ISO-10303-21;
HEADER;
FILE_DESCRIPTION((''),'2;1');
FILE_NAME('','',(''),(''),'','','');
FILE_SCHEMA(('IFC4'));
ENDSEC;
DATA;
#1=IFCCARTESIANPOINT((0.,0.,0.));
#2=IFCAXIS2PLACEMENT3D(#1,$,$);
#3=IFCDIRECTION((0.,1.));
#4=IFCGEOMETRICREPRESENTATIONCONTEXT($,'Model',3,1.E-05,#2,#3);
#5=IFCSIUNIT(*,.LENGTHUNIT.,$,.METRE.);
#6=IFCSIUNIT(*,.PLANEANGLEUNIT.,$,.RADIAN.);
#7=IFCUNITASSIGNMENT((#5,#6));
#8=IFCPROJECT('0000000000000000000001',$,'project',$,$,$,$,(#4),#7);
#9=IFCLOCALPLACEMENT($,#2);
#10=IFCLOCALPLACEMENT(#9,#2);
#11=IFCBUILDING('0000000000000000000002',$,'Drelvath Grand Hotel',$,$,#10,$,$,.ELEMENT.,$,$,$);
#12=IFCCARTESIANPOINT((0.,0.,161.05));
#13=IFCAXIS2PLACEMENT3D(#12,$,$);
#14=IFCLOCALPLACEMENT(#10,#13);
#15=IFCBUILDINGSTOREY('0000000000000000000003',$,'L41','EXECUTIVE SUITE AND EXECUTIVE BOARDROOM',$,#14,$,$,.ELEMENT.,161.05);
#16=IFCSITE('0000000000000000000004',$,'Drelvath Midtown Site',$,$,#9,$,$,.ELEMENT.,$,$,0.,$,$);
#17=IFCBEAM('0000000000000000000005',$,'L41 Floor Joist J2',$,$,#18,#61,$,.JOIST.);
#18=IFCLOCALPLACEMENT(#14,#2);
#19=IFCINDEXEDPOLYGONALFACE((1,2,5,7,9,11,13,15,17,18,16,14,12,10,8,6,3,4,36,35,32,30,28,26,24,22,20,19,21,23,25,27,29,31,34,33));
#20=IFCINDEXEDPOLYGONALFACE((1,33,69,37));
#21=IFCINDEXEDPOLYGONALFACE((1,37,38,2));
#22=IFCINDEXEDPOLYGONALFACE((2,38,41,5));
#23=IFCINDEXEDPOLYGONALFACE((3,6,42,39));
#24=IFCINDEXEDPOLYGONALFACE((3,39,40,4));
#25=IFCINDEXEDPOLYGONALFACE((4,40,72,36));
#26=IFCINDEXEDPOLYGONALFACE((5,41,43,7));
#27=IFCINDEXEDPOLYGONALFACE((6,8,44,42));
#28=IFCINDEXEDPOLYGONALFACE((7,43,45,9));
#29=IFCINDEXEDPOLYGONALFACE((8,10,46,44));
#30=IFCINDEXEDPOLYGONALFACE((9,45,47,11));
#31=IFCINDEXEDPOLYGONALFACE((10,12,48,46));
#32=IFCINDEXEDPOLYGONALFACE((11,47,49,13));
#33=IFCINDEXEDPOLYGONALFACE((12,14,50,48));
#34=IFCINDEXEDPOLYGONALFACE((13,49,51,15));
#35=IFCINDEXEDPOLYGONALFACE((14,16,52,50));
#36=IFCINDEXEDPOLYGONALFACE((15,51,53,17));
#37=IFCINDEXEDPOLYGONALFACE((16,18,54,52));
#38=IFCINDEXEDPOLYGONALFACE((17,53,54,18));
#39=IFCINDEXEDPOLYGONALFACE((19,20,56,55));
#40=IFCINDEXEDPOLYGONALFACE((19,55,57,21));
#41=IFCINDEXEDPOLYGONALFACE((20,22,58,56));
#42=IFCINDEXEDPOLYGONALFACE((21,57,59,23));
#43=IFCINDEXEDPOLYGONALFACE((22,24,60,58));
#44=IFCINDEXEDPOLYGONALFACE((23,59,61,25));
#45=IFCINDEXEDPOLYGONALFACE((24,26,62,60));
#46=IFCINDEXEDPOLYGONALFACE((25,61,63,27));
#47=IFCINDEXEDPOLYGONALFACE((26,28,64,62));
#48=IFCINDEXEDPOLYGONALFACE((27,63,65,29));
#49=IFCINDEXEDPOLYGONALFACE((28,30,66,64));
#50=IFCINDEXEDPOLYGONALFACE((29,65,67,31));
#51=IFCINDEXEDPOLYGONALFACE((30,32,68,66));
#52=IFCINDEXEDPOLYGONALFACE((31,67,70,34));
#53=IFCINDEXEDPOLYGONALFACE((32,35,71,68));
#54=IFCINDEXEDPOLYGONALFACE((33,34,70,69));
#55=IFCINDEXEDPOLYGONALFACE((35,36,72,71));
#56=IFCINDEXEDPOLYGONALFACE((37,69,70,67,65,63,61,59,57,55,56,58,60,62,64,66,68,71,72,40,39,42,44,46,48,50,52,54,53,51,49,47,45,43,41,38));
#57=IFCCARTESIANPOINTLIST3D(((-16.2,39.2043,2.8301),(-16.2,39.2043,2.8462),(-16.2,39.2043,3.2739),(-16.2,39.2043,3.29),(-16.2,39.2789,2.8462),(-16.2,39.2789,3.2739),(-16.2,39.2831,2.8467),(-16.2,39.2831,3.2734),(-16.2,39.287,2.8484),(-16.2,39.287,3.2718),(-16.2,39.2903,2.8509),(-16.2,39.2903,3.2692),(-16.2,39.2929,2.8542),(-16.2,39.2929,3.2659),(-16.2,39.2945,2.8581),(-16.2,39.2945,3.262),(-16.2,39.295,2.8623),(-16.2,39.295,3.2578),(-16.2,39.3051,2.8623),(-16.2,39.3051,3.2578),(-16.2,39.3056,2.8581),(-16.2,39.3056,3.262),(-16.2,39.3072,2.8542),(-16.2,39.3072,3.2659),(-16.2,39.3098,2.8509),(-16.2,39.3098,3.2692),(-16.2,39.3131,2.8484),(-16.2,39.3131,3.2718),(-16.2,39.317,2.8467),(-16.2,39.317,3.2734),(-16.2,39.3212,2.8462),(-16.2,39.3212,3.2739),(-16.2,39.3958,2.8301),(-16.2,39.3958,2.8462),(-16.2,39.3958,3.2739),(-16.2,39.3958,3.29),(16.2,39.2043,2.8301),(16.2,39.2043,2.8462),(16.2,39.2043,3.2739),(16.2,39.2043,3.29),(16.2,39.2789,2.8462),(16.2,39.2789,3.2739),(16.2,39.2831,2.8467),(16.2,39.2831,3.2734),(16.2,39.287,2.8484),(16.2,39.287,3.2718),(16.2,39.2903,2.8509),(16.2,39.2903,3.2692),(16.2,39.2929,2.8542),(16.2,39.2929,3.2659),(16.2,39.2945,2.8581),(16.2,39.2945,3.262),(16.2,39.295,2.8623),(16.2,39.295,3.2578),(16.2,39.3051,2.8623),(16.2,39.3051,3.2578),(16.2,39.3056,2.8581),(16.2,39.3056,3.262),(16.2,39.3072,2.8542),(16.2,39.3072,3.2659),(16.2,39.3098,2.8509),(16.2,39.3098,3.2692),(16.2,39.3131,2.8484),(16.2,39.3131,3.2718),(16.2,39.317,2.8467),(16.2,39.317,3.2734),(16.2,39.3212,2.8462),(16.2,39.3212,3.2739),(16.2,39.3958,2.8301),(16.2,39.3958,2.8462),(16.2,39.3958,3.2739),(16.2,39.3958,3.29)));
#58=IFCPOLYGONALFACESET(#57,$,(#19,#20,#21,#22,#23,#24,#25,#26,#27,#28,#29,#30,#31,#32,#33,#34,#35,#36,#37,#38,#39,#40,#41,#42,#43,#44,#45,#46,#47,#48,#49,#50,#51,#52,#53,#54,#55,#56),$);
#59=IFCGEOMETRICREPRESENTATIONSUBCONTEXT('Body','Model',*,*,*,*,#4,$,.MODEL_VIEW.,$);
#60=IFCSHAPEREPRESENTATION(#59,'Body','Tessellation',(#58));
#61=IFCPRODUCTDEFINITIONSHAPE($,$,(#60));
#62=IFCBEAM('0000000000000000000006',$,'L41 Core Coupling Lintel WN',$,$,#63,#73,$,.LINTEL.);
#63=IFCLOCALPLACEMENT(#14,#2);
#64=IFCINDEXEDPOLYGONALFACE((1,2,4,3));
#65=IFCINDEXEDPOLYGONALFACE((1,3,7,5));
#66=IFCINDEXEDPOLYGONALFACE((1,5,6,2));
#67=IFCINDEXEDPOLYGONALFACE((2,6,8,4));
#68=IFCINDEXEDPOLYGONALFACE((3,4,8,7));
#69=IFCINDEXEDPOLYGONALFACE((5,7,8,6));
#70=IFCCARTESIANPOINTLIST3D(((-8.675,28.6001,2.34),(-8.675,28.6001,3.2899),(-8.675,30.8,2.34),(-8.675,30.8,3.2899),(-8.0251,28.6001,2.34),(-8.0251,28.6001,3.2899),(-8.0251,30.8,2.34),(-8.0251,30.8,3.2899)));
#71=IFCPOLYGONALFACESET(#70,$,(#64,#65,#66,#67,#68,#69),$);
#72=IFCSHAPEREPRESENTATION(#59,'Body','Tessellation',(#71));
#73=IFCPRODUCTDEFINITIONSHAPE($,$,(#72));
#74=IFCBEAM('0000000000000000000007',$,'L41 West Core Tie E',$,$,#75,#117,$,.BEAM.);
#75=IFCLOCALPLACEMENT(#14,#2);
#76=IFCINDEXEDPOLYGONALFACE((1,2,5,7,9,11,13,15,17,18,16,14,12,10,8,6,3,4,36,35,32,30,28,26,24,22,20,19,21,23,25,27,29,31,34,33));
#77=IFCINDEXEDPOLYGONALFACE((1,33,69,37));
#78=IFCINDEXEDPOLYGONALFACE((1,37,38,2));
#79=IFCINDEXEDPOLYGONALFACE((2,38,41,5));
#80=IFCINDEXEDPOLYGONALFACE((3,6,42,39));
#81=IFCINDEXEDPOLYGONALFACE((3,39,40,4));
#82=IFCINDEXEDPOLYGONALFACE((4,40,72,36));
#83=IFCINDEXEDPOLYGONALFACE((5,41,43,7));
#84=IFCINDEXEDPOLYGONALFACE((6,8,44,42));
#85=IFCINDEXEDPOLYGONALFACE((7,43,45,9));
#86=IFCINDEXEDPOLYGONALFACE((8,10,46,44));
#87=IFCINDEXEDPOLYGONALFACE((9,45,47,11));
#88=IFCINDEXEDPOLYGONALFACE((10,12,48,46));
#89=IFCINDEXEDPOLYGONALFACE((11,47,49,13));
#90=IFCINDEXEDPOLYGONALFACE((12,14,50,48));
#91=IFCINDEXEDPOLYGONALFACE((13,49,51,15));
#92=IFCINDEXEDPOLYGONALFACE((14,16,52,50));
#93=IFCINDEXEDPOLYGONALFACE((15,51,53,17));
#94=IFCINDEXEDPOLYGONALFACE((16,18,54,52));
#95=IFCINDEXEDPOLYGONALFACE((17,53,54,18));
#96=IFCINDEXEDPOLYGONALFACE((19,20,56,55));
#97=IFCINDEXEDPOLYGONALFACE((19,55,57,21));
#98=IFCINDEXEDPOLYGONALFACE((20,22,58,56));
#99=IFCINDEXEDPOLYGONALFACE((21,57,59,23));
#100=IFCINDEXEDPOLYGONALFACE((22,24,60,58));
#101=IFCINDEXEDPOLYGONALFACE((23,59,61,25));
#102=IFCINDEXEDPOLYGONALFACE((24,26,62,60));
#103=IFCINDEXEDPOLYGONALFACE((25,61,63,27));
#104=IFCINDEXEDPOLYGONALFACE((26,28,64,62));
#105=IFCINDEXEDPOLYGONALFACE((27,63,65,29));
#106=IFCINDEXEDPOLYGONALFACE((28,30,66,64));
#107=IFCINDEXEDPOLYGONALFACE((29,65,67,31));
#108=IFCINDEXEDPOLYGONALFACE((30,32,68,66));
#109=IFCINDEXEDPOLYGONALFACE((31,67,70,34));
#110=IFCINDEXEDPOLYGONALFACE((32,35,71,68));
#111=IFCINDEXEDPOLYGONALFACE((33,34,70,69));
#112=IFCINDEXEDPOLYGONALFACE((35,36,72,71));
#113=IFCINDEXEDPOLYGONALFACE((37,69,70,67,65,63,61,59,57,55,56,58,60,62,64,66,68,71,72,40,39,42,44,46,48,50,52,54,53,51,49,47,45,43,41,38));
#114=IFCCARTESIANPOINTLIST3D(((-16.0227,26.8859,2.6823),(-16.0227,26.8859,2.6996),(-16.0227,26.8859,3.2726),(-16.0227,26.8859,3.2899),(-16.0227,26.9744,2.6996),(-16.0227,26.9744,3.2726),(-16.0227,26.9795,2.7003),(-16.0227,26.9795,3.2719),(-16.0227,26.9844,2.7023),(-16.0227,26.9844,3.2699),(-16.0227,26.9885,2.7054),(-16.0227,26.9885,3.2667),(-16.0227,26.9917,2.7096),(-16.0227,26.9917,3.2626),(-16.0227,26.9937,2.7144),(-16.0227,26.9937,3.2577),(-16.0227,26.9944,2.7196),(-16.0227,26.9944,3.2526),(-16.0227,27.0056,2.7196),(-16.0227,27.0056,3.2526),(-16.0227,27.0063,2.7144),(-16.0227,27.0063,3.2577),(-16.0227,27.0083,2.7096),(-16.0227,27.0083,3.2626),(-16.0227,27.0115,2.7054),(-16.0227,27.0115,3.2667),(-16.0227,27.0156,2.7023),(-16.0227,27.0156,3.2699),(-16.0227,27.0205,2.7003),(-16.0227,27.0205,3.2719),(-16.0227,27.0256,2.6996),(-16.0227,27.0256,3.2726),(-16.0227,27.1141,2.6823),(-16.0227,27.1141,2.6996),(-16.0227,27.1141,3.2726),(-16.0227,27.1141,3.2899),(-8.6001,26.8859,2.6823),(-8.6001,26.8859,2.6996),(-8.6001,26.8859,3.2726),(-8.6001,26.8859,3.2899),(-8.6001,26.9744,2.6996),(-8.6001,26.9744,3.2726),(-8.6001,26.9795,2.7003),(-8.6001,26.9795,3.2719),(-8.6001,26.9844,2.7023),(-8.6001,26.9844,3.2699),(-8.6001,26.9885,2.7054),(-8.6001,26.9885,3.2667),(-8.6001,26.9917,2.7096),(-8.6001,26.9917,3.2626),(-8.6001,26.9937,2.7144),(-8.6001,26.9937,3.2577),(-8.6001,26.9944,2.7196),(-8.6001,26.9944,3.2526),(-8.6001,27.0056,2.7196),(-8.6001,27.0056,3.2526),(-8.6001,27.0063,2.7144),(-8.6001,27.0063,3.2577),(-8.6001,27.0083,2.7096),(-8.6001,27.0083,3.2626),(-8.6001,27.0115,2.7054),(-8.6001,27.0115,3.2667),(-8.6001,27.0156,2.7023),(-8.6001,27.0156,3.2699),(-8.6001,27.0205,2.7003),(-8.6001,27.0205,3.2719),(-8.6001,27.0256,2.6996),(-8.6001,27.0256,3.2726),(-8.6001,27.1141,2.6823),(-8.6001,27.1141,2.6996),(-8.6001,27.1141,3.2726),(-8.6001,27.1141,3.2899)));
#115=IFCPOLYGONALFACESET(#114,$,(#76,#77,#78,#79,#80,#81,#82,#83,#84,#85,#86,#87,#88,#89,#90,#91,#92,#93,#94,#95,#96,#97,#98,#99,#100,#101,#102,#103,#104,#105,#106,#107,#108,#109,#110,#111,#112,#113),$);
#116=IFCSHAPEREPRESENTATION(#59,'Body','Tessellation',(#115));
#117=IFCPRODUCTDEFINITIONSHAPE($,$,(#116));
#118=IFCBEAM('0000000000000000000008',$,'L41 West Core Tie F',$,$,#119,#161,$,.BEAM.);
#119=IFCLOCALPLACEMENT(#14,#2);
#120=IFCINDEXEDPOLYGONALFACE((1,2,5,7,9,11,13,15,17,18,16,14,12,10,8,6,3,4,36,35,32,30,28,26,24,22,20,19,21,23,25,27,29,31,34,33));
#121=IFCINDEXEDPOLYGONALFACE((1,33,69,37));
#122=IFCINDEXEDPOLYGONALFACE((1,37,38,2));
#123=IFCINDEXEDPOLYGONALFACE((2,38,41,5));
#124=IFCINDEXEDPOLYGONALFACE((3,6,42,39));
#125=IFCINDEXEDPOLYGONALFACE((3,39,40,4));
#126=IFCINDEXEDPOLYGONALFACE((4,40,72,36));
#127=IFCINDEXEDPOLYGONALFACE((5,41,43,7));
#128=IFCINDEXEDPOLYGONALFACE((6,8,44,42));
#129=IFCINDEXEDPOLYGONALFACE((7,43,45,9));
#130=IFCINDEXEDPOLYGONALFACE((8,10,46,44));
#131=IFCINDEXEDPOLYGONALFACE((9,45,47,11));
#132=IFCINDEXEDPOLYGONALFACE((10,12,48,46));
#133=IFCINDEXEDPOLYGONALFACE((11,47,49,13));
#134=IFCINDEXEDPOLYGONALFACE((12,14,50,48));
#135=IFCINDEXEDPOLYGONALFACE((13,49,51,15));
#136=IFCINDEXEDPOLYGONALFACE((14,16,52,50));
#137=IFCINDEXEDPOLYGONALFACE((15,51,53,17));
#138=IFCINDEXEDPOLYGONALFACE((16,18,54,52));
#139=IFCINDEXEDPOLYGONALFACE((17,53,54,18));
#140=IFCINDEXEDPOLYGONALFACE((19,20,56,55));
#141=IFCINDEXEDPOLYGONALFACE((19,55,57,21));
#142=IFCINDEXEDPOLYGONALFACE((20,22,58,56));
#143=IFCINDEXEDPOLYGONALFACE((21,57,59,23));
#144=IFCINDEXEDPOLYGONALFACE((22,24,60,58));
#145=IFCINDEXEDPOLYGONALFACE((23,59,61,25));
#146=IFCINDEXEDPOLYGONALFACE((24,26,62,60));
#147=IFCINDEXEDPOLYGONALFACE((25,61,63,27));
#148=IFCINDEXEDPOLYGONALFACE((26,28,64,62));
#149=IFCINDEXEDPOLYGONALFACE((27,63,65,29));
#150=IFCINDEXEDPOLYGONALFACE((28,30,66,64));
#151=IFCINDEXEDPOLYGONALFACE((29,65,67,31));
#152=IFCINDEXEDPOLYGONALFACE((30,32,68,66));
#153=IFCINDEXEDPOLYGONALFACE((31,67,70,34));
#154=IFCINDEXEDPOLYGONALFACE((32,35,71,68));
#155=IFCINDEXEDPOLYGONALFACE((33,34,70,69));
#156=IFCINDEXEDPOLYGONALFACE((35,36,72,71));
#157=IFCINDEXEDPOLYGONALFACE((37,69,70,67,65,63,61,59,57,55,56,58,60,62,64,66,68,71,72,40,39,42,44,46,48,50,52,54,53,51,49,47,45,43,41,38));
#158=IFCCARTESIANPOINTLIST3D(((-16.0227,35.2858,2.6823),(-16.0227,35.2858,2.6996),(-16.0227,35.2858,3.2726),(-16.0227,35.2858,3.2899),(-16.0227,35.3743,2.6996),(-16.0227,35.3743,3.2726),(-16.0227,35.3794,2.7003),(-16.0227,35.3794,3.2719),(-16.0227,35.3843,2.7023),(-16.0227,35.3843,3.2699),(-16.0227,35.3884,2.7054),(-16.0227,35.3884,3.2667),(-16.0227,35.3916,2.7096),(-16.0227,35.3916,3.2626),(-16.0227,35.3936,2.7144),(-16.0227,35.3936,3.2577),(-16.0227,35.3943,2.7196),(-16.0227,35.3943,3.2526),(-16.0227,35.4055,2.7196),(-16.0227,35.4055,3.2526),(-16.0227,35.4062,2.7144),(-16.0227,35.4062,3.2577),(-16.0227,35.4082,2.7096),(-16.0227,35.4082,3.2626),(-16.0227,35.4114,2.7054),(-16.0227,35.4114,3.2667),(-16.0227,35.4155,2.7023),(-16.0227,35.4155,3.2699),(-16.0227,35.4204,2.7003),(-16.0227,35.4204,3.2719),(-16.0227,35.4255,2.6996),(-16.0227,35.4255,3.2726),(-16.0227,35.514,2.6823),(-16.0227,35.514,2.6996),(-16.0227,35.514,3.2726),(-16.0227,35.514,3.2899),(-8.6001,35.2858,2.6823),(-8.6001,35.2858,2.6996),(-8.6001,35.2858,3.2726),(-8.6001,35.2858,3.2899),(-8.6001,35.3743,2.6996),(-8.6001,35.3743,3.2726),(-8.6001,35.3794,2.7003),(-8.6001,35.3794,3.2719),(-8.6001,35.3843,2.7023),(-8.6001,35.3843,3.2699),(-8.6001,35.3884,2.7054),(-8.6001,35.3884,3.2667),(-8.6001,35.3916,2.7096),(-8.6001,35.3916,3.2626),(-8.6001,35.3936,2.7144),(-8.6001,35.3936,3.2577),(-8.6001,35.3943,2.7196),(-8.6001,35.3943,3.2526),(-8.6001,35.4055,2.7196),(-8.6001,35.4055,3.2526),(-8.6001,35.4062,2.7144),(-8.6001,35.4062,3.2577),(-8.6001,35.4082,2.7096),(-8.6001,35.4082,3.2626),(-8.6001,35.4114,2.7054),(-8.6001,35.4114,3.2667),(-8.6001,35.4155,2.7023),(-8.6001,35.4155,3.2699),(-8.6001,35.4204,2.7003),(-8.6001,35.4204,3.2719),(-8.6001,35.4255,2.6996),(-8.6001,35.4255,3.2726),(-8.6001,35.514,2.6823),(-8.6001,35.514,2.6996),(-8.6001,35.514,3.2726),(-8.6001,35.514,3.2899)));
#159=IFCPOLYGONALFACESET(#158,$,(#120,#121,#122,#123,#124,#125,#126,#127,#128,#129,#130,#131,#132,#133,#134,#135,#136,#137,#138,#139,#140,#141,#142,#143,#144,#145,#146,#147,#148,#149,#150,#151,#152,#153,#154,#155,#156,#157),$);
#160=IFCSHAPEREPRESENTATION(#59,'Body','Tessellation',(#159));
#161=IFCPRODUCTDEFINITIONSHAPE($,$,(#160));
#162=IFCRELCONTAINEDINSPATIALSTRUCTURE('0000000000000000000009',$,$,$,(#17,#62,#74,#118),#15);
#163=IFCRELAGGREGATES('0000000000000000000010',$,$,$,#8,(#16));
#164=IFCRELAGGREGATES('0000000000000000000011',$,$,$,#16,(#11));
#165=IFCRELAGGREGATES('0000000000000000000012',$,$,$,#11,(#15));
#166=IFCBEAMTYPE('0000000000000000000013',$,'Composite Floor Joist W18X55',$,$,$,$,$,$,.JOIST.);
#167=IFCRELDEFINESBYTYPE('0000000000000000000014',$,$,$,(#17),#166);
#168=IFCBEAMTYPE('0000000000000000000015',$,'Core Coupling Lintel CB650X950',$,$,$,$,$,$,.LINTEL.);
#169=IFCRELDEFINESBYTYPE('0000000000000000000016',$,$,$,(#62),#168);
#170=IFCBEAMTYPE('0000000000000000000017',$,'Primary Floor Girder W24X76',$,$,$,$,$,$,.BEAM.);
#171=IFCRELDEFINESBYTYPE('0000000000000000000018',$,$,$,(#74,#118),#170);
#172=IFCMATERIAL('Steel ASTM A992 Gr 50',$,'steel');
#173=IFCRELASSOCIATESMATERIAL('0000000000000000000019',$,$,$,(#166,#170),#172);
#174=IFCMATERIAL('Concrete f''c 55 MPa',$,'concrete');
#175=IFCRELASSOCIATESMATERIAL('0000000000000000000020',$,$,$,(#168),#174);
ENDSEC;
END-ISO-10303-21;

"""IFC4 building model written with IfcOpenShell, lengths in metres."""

from ifc_helpers import new_model, si_unit, direction, frame, origin, origin_2d, place, context, subcontext, project, spatial, rectangle, i_section, extrude, material, material_profile, profile_set, type_object, element, save


model = new_model("IFC4")

# Units and contexts
model_context = context("Model", 3, precision=1e-05, world=origin(), true_north=direction((0.0, 1.0)))
body_context = subcontext(model_context, "Body", "Model", "MODEL_VIEW")
ifc_project = project(units=[si_unit("LENGTHUNIT", "METRE"), si_unit("PLANEANGLEUNIT", "RADIAN")], contexts=[model_context])

# Site, building, storey
site_placement = place(None, origin())
site = spatial("IfcSite", under=ifc_project, at=site_placement, Name="Drelvath Midtown Site", CompositionType="ELEMENT", RefElevation=0.0)
building_placement = place(site_placement, origin())
building = spatial("IfcBuilding", under=site, at=building_placement, Name="Drelvath Grand Hotel", CompositionType="ELEMENT")
storey_placement = place(building_placement, frame((0.0, 0.0, 161.05)))
storey = spatial("IfcBuildingStorey", under=building, at=storey_placement, Name="L41", Description="EXECUTIVE SUITE AND EXECUTIVE BOARDROOM", CompositionType="ELEMENT", Elevation=161.05)

# Beams
ifc_material_1 = material(Name="Steel ASTM A992 Gr 50", Category="steel")
ifc_material_profile_1 = material_profile(ifc_material_1, i_section(OverallWidth=0.1914, OverallDepth=0.46, WebThickness=0.01, FlangeThickness=0.0161, FilletRadius=0.0161, at=origin_2d()), Name="W18X55")
ifc_profile_set_1 = profile_set([ifc_material_profile_1], Name="Steel ASTM A992 Gr 50")
beam_type_1 = type_object("IfcBeamType", Name="Composite Floor Joist W18X55", PredefinedType="JOIST", material=ifc_profile_set_1)
beam_1_placement = place(storey_placement, frame((-16.2, 39.3, 3.0601), z_axis=(1.0, 0.0, 0.0), x_axis=(0.0, 1.0, 0.0)))
element("IfcBeam", 1, at=beam_1_placement, inside=storey, type_object=beam_type_1, Name="L41 Floor Joist J2", PredefinedType="JOIST", context=body_context, shape_type="SweptSolid", body=[
    extrude(i_section(OverallWidth=0.1914, OverallDepth=0.46, WebThickness=0.01, FlangeThickness=0.0161, FilletRadius=0.0161, at=origin_2d()), origin(), (0.0, 0.0, 1.0), 32.3999),
])
ifc_material_2 = material(Name="Concrete f'c 55 MPa", Category="concrete")
ifc_material_profile_2 = material_profile(ifc_material_2, rectangle(XDim=0.6499, YDim=0.95, at=origin_2d()), Name="CB650X950")
ifc_profile_set_2 = profile_set([ifc_material_profile_2], Name="Concrete f'c 55 MPa")
beam_type_2 = type_object("IfcBeamType", Name="Core Coupling Lintel CB650X950", PredefinedType="LINTEL", material=ifc_profile_set_2)
beam_2_placement = place(storey_placement, frame((-8.3501, 28.6001, 2.8149), z_axis=(0.0, 1.0, 0.0), x_axis=(-1.0, 0.0, 0.0)))
element("IfcBeam", 2, at=beam_2_placement, inside=storey, type_object=beam_type_2, Name="L41 Core Coupling Lintel WN", PredefinedType="LINTEL", context=body_context, shape_type="SweptSolid", body=[
    extrude(rectangle(XDim=0.6499, YDim=0.95, at=origin_2d()), origin(), (0.0, 0.0, 1.0), 2.2),
])
ifc_material_profile_3 = material_profile(ifc_material_1, i_section(OverallWidth=0.2283, OverallDepth=0.6077, WebThickness=0.0112, FlangeThickness=0.0173, FilletRadius=0.02, at=origin_2d()), Name="W24X76")
ifc_profile_set_3 = profile_set([ifc_material_profile_3], Name="Steel ASTM A992 Gr 50")
beam_type_3 = type_object("IfcBeamType", Name="Primary Floor Girder W24X76", PredefinedType="BEAM", material=ifc_profile_set_3)
for number, where, z_axis, x_axis, name in (
    (3, (-16.0227, 27.0, 2.9861), (1.0, 0.0, 0.0), (0.0, 1.0, 0.0), "L41 West Core Tie E"),
    (4, (-16.0227, 35.3999, 2.9861), (1.0, 0.0, 0.0), (0.0, 1.0, 0.0), "L41 West Core Tie F"),
):
    element("IfcBeam", number, at=place(storey_placement, frame(where, z_axis=z_axis, x_axis=x_axis)), inside=storey, type_object=beam_type_3, Name=name, PredefinedType="BEAM", context=body_context, shape_type="SweptSolid", body=[
        extrude(i_section(OverallWidth=0.2283, OverallDepth=0.6077, WebThickness=0.0112, FlangeThickness=0.0173, FilletRadius=0.02, at=origin_2d()), origin(), (0.0, 0.0, 1.0), 7.4226),
    ])

save(model, "model.ifc")
